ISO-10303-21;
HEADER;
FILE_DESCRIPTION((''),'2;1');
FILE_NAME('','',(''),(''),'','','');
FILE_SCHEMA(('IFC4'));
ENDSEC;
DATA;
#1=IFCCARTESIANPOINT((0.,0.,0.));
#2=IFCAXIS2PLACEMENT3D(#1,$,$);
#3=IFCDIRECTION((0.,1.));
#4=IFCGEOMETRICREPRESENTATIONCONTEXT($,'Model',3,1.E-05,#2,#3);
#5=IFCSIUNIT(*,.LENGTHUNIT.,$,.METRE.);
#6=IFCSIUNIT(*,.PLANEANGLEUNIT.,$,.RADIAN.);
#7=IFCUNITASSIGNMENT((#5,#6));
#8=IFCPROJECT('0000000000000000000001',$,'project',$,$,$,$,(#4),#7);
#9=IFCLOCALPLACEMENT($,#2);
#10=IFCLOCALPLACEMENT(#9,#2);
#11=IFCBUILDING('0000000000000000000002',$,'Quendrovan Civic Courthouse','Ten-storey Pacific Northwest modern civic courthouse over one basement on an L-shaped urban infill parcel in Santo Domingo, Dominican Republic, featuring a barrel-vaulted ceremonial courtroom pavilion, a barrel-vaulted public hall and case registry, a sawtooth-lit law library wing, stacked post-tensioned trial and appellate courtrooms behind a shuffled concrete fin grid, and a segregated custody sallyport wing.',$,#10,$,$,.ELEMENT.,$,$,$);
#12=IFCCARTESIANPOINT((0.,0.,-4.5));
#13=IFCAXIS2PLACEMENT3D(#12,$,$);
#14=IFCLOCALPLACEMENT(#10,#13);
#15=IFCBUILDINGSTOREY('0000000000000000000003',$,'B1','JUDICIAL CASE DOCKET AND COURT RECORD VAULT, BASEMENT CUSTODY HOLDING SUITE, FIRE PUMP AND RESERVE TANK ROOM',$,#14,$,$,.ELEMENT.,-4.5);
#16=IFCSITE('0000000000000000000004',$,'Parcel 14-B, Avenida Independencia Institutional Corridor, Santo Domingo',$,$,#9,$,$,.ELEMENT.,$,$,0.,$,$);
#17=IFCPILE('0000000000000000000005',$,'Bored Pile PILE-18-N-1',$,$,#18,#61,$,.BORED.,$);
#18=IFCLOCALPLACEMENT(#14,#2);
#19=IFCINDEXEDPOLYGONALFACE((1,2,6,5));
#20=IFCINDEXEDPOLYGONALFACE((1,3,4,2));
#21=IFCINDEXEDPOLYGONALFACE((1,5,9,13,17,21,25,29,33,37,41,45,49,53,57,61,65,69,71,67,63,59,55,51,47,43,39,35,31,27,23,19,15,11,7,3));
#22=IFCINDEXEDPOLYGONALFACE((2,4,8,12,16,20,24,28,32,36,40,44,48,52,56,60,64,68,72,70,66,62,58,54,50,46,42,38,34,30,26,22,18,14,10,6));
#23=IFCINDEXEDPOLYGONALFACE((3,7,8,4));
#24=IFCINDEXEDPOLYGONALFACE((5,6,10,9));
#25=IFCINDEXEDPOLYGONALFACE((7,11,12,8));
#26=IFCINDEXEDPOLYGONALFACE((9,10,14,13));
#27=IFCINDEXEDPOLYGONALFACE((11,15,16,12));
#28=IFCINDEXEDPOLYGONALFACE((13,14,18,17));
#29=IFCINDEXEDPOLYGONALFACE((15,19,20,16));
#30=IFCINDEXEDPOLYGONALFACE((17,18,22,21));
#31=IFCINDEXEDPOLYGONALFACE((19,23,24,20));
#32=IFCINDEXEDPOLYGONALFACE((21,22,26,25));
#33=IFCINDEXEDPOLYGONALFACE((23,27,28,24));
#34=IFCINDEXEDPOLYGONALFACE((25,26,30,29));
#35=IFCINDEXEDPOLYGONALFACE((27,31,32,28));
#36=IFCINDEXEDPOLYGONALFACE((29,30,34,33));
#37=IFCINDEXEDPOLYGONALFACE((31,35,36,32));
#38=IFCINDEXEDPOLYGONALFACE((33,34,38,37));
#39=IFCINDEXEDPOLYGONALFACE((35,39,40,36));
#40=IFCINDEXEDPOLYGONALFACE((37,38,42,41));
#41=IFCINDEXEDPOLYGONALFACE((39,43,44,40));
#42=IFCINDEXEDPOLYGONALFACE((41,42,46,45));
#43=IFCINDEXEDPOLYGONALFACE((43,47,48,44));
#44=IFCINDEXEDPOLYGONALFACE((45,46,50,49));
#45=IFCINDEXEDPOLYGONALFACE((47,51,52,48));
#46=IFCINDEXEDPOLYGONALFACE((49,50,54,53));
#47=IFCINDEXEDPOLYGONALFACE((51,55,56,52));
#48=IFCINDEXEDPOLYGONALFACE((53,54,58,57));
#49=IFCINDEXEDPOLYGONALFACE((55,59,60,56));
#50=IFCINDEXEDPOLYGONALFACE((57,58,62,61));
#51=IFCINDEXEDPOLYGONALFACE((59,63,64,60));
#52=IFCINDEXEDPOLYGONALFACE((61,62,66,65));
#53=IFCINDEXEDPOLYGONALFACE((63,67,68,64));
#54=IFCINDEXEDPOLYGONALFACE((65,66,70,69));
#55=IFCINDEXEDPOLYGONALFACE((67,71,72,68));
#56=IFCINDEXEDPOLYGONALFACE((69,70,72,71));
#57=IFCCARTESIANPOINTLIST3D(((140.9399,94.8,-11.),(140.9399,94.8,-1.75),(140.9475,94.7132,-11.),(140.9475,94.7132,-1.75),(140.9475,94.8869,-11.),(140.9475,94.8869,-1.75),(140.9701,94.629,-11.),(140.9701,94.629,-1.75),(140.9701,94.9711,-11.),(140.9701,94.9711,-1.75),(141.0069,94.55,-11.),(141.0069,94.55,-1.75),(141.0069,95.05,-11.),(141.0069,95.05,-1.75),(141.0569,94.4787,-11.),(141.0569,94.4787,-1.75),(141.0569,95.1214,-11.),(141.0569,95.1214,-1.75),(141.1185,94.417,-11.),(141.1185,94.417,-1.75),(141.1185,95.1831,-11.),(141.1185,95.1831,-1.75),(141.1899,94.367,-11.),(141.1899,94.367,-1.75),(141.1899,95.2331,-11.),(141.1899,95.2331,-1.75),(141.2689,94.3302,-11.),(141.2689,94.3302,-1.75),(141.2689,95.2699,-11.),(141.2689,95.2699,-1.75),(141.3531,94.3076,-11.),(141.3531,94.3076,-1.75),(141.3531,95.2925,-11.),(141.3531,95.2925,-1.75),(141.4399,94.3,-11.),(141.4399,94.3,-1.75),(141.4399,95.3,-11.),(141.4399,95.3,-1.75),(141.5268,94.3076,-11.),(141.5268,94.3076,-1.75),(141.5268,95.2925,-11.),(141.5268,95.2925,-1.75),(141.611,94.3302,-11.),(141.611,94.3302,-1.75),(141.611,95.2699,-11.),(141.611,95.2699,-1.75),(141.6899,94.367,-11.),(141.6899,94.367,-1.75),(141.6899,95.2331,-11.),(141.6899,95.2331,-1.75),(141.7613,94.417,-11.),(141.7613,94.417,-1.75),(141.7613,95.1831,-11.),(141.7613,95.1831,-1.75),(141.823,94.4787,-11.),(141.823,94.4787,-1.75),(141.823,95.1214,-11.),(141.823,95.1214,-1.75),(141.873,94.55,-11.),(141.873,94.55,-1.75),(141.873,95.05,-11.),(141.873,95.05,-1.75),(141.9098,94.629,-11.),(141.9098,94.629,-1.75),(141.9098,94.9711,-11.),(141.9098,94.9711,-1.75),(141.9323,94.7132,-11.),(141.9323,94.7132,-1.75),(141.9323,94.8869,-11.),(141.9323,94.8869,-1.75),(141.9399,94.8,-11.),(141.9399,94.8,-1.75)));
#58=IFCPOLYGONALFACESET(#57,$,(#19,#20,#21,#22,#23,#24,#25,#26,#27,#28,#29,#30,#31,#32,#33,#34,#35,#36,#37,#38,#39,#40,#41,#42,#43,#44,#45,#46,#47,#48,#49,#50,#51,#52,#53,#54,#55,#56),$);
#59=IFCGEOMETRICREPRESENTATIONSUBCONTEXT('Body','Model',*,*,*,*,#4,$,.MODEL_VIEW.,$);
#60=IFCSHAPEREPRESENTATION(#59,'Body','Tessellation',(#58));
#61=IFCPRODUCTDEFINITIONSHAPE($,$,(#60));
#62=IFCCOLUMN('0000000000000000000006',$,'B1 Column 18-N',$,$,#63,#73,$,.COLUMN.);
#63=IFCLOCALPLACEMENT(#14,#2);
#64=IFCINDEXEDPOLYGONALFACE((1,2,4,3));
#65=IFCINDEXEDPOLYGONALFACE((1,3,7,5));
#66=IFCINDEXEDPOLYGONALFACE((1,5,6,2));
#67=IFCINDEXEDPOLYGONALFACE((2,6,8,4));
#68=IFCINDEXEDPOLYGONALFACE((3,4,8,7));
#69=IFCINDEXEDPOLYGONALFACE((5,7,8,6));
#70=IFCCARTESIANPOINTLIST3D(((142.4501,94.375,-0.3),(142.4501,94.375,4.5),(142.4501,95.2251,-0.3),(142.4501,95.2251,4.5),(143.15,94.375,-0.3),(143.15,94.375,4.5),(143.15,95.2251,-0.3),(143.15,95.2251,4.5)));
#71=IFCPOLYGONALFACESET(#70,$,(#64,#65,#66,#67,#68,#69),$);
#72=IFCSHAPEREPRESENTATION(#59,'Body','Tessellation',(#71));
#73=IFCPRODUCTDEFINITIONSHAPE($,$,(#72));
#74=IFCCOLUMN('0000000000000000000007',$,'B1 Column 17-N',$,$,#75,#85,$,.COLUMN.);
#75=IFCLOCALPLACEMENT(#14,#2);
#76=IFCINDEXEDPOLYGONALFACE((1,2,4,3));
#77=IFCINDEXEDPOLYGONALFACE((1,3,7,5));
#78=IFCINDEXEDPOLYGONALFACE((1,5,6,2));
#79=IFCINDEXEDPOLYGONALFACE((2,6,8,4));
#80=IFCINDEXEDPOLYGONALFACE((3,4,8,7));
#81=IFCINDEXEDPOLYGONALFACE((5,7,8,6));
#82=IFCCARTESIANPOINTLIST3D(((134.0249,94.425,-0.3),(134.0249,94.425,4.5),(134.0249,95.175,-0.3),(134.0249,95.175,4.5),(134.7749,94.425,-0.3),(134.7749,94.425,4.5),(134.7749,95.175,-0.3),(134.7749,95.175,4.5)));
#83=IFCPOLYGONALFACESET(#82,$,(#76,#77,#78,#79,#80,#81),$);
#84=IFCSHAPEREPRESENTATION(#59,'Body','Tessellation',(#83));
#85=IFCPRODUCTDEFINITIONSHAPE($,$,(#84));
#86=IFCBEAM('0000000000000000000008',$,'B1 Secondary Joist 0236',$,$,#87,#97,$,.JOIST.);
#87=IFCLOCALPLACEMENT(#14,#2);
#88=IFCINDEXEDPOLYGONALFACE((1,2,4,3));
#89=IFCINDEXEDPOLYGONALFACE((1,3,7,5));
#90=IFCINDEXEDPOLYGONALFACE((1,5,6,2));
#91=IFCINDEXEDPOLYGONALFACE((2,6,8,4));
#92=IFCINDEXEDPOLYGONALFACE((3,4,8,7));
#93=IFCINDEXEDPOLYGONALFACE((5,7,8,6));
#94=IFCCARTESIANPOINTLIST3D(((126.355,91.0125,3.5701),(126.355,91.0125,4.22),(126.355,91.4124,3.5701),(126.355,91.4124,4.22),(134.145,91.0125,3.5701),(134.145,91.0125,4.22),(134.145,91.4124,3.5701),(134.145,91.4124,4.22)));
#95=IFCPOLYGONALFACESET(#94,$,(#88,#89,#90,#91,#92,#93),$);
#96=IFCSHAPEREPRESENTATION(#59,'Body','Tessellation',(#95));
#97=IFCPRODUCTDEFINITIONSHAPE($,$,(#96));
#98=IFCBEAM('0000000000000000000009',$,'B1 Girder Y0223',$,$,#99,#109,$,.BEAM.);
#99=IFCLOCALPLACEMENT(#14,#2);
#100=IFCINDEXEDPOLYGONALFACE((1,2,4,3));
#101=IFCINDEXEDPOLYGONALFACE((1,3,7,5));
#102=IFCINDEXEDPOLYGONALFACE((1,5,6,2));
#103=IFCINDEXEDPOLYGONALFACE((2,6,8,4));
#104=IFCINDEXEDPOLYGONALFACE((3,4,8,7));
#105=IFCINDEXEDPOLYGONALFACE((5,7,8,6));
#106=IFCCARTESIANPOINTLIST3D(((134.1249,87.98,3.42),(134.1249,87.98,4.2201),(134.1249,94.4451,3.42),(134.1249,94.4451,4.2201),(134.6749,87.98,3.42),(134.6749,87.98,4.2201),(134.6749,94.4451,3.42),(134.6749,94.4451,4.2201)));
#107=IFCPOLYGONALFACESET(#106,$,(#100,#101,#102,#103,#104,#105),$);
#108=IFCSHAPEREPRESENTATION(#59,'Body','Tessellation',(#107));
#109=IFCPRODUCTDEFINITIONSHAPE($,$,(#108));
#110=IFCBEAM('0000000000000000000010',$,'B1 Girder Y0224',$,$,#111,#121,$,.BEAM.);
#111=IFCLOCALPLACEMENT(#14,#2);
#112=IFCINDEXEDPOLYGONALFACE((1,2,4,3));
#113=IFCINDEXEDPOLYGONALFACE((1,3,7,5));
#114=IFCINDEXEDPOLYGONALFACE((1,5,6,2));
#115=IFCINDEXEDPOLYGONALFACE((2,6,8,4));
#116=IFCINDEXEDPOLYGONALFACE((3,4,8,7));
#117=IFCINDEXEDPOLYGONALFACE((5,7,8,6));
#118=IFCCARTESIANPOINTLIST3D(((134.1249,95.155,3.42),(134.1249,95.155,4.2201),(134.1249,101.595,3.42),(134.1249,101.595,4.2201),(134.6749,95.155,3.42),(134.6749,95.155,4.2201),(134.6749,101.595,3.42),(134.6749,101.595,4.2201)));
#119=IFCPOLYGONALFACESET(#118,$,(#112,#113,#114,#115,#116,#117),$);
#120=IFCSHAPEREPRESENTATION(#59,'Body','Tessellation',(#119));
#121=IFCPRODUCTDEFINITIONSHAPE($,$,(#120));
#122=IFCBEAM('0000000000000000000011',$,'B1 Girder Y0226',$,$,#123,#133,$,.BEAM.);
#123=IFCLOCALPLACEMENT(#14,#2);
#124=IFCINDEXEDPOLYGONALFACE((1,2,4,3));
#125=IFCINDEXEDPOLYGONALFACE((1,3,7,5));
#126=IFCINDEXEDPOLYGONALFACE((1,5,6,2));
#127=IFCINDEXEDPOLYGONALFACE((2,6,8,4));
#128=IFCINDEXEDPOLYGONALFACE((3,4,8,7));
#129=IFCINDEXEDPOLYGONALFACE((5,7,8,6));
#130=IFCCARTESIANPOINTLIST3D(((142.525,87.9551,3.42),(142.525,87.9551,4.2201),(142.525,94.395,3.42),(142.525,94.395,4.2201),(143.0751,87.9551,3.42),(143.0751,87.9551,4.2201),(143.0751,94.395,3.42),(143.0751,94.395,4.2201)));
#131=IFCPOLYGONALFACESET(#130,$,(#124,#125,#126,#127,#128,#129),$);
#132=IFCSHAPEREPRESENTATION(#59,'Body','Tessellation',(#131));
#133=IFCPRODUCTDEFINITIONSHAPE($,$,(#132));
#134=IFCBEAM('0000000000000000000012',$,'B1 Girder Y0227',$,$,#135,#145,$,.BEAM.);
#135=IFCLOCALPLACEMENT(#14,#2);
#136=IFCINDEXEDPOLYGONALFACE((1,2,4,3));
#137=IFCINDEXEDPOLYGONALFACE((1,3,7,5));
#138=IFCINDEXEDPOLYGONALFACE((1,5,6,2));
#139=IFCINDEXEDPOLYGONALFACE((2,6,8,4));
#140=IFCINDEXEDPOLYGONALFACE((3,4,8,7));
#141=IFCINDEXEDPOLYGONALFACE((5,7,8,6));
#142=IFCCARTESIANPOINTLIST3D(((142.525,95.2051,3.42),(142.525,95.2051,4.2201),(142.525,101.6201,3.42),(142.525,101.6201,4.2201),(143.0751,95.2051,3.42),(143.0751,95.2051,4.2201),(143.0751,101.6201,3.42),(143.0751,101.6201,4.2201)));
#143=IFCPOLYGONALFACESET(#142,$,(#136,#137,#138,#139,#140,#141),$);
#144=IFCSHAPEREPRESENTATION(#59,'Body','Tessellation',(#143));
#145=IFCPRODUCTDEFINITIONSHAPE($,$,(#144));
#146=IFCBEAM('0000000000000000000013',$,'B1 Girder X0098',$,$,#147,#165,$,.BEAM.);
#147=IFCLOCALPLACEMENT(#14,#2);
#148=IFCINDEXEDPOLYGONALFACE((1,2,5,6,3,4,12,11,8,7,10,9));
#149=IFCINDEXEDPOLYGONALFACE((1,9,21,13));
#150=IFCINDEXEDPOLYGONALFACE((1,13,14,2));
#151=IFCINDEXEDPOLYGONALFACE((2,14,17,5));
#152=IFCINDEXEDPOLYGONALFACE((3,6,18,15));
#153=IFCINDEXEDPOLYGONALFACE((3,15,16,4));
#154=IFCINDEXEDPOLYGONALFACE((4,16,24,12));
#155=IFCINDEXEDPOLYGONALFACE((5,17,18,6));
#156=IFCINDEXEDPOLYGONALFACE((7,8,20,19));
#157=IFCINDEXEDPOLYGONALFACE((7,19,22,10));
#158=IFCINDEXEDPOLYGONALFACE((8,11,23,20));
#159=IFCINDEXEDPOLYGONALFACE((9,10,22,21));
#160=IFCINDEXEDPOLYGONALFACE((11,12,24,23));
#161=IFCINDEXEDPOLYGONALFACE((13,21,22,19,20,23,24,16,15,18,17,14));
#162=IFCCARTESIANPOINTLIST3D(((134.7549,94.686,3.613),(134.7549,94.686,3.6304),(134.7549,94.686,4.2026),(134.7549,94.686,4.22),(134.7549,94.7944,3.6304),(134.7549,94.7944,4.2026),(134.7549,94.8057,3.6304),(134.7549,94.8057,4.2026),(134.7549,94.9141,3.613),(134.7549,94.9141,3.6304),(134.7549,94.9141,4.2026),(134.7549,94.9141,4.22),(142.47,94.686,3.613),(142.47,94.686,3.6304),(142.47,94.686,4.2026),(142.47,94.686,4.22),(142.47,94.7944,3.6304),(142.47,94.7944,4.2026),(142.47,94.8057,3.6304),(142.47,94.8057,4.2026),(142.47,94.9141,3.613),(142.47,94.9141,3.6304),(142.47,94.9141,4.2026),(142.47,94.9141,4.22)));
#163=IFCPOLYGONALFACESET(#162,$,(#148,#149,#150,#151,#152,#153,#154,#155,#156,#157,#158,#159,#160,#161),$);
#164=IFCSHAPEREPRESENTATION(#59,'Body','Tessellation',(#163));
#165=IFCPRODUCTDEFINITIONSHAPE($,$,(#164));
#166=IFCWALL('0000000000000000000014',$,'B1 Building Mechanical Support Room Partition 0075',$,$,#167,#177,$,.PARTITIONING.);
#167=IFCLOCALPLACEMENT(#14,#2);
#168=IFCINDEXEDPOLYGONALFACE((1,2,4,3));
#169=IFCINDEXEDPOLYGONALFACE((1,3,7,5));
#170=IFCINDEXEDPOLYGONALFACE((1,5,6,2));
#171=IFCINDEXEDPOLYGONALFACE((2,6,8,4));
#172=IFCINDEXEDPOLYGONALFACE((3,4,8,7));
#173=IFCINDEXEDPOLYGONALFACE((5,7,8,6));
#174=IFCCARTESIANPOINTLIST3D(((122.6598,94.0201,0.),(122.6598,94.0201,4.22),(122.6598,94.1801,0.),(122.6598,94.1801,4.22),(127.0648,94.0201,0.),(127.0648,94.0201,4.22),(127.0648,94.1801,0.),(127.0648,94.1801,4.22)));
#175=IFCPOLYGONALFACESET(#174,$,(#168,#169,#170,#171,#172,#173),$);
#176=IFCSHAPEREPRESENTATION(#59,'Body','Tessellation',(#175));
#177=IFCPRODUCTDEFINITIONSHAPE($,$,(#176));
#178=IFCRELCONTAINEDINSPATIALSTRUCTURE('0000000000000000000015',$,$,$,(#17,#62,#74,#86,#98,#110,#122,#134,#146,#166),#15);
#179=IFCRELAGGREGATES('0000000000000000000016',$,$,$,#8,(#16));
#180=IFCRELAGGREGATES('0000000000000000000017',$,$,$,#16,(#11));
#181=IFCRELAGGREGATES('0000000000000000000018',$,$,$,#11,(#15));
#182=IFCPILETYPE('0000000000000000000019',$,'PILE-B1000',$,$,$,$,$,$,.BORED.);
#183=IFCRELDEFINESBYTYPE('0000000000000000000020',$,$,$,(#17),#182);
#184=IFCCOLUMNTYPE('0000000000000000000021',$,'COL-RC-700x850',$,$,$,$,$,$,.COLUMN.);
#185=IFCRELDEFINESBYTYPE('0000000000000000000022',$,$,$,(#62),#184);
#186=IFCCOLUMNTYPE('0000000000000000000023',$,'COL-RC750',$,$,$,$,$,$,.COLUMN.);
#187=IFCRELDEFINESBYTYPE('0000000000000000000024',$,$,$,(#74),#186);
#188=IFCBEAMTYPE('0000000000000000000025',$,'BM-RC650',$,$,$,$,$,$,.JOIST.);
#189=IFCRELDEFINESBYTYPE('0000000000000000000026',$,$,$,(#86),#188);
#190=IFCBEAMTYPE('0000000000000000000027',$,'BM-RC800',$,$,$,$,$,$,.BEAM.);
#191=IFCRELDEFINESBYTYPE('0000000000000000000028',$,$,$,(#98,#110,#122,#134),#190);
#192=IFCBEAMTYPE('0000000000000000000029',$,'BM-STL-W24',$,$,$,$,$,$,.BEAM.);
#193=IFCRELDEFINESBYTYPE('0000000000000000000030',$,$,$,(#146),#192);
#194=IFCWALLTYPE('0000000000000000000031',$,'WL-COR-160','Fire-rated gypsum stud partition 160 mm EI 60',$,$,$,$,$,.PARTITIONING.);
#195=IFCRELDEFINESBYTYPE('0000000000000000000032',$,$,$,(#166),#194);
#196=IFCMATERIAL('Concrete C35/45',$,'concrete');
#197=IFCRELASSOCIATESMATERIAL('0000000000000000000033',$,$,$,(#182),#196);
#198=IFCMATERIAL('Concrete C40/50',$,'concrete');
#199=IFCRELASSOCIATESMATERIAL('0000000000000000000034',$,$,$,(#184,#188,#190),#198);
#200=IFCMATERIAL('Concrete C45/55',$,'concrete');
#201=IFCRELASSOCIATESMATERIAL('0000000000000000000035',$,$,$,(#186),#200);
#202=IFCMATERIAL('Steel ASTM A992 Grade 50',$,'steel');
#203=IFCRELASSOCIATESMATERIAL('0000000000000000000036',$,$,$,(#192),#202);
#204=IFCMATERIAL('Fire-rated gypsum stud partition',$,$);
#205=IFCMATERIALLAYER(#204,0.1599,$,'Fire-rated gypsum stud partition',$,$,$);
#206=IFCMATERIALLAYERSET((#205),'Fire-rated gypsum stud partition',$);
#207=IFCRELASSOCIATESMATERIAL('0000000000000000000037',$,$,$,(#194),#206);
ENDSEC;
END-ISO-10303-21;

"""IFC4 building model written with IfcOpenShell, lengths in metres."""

from ifc_helpers import new_model, si_unit, direction, frame, frame_2d, origin, origin_2d, place, context, subcontext, project, spatial, rectangle, circle, i_section, extrude, material, layer, layer_set, material_profile, profile_set, type_object, element, save


model = new_model("IFC4")

# Units and contexts
model_context = context("Model", 3, precision=1e-05, world=origin(), true_north=direction((0.0, 1.0)))
body_context = subcontext(model_context, "Body", "Model", "MODEL_VIEW")
ifc_project = project(units=[si_unit("LENGTHUNIT", "METRE"), si_unit("PLANEANGLEUNIT", "RADIAN")], contexts=[model_context])

# Site, building, storey
site_placement = place(None, origin())
site = spatial("IfcSite", under=ifc_project, at=site_placement, Name="Parcel 14-B, Avenida Independencia Institutional Corridor, Santo Domingo", CompositionType="ELEMENT", RefElevation=0.0)
building_placement = place(site_placement, origin())
building = spatial("IfcBuilding", under=site, at=building_placement, Name="Quendrovan Civic Courthouse", Description="Ten-storey Pacific Northwest modern civic courthouse over one basement on an L-shaped urban infill parcel in Santo Domingo, Dominican Republic, featuring a barrel-vaulted ceremonial courtroom pavilion, a barrel-vaulted public hall and case registry, a sawtooth-lit law library wing, stacked post-tensioned trial and appellate courtrooms behind a shuffled concrete fin grid, and a segregated custody sallyport wing.", CompositionType="ELEMENT")
storey_placement = place(building_placement, frame((0.0, 0.0, -4.5)))
storey = spatial("IfcBuildingStorey", under=building, at=storey_placement, Name="B1", Description="JUDICIAL CASE DOCKET AND COURT RECORD VAULT, BASEMENT CUSTODY HOLDING SUITE, FIRE PUMP AND RESERVE TANK ROOM", CompositionType="ELEMENT", Elevation=-4.5)

# Shared definitions
ifc_material_1 = material(Name="Concrete C35/45", Category="concrete")

# Pile
ifc_material_profile_1 = material_profile(ifc_material_1, circle(Radius=0.5, at=origin_2d()), Name="PILE-D1000")
ifc_profile_set_1 = profile_set([ifc_material_profile_1], Name="Concrete C35/45")
pile_type = type_object("IfcPileType", Name="PILE-B1000", PredefinedType="BORED", material=ifc_profile_set_1)
for number, where, z_axis, x_axis, name in (
    (1, (141.4399, 94.8, -1.75), (0.0, 0.0, -1.0), (1.0, 0.0, 0.0), "Bored Pile PILE-18-N-1"),
):
    element("IfcPile", number, at=place(storey_placement, frame(where, z_axis=z_axis, x_axis=x_axis)), inside=storey, type_object=pile_type, Name=name, PredefinedType="BORED", context=body_context, shape_type="SweptSolid", body=[
        extrude(circle(Radius=0.5, at=origin_2d()), origin(), (0.0, 0.0, 1.0), 9.25),
    ])

# Columns
ifc_material_2 = material(Name="Concrete C40/50", Category="concrete")
ifc_material_profile_2 = material_profile(ifc_material_2, rectangle(XDim=0.7, YDim=0.8501, at=origin_2d()), Name="RC-COL-700x850")
ifc_profile_set_2 = profile_set([ifc_material_profile_2], Name="Concrete C40/50")
column_type_1 = type_object("IfcColumnType", Name="COL-RC-700x850", PredefinedType="COLUMN", material=ifc_profile_set_2)
column_1_placement = place(storey_placement, frame((142.8, 94.8, -0.3), z_axis=(0.0, 0.0, 1.0), x_axis=(1.0, 0.0, 0.0)))
element("IfcColumn", 2, at=column_1_placement, inside=storey, type_object=column_type_1, Name="B1 Column 18-N", PredefinedType="COLUMN", context=body_context, shape_type="SweptSolid", body=[
    extrude(rectangle(XDim=0.7, YDim=0.8501, at=origin_2d()), origin(), (0.0, 0.0, 1.0), 4.8),
])
ifc_material_3 = material(Name="Concrete C45/55", Category="concrete")
ifc_material_profile_3 = material_profile(ifc_material_3, rectangle(XDim=0.75, YDim=0.75, at=origin_2d()), Name="RC-COL-750x750")
ifc_profile_set_3 = profile_set([ifc_material_profile_3], Name="Concrete C45/55")
column_type_2 = type_object("IfcColumnType", Name="COL-RC750", PredefinedType="COLUMN", material=ifc_profile_set_3)
column_2_placement = place(storey_placement, frame((134.3999, 94.8, -0.3), z_axis=(0.0, 0.0, 1.0), x_axis=(1.0, 0.0, 0.0)))
element("IfcColumn", 3, at=column_2_placement, inside=storey, type_object=column_type_2, Name="B1 Column 17-N", PredefinedType="COLUMN", context=body_context, shape_type="SweptSolid", body=[
    extrude(rectangle(XDim=0.75, YDim=0.75, at=origin_2d()), origin(), (0.0, 0.0, 1.0), 4.8),
])

# Beams
ifc_material_profile_4 = material_profile(ifc_material_2, rectangle(XDim=0.3999, YDim=0.6499, at=origin_2d()), Name="RC-BM-400x650")
ifc_profile_set_4 = profile_set([ifc_material_profile_4], Name="Concrete C40/50")
beam_type_1 = type_object("IfcBeamType", Name="BM-RC650", PredefinedType="JOIST", material=ifc_profile_set_4)
beam_1_placement = place(storey_placement, frame((126.355, 91.2124, 3.895), z_axis=(1.0, 0.0, 0.0), x_axis=(0.0, 1.0, 0.0)))
element("IfcBeam", 4, at=beam_1_placement, inside=storey, type_object=beam_type_1, Name="B1 Secondary Joist 0236", PredefinedType="JOIST", context=body_context, shape_type="SweptSolid", body=[
    extrude(rectangle(XDim=0.3999, YDim=0.6499, at=origin_2d()), origin(), (0.0, 0.0, 1.0), 7.79),
])
ifc_material_profile_5 = material_profile(ifc_material_2, rectangle(XDim=0.55, YDim=0.8, at=origin_2d()), Name="RC-BM-550x800")
ifc_profile_set_5 = profile_set([ifc_material_profile_5], Name="Concrete C40/50")
beam_type_2 = type_object("IfcBeamType", Name="BM-RC800", PredefinedType="BEAM", material=ifc_profile_set_5)
beam_2_placement = place(storey_placement, frame((134.3999, 87.98, 3.8201), z_axis=(0.0, 1.0, 0.0), x_axis=(-1.0, 0.0, 0.0)))
element("IfcBeam", 5, at=beam_2_placement, inside=storey, type_object=beam_type_2, Name="B1 Girder Y0223", PredefinedType="BEAM", context=body_context, shape_type="SweptSolid", body=[
    extrude(rectangle(XDim=0.55, YDim=0.8, at=origin_2d()), origin(), (0.0, 0.0, 1.0), 6.4651),
])
for number, where, z_axis, x_axis, name in (
    (6, (134.3999, 95.155, 3.8201), (0.0, 1.0, 0.0), (-1.0, 0.0, 0.0), "B1 Girder Y0224"),
    (7, (142.8, 87.9551, 3.8201), (0.0, 1.0, 0.0), (-1.0, 0.0, 0.0), "B1 Girder Y0226"),
):
    element("IfcBeam", number, at=place(storey_placement, frame(where, z_axis=z_axis, x_axis=x_axis)), inside=storey, type_object=beam_type_2, Name=name, PredefinedType="BEAM", context=body_context, shape_type="SweptSolid", body=[
        extrude(rectangle(XDim=0.55, YDim=0.8, at=origin_2d()), origin(), (0.0, 0.0, 1.0), 6.4399),
    ])
beam_3_placement = place(storey_placement, frame((142.8, 95.2051, 3.8201), z_axis=(0.0, 1.0, 0.0), x_axis=(-1.0, 0.0, 0.0)))
element("IfcBeam", 8, at=beam_3_placement, inside=storey, type_object=beam_type_2, Name="B1 Girder Y0227", PredefinedType="BEAM", context=body_context, shape_type="SweptSolid", body=[
    extrude(rectangle(XDim=0.55, YDim=0.8, at=origin_2d()), origin(), (0.0, 0.0, 1.0), 6.415),
])
ifc_material_4 = material(Name="Steel ASTM A992 Grade 50", Category="steel")
ifc_material_profile_6 = material_profile(ifc_material_4, i_section(OverallWidth=0.228, OverallDepth=0.6069, WebThickness=0.0112, FlangeThickness=0.0173, at=origin_2d()), Name="W24X76")
ifc_profile_set_6 = profile_set([ifc_material_profile_6], Name="Steel ASTM A992 Grade 50")
beam_type_3 = type_object("IfcBeamType", Name="BM-STL-W24", PredefinedType="BEAM", material=ifc_profile_set_6)
beam_4_placement = place(storey_placement, frame((134.7549, 94.8, 3.9165), z_axis=(1.0, 0.0, 0.0), x_axis=(0.0, 1.0, 0.0)))
element("IfcBeam", 9, at=beam_4_placement, inside=storey, type_object=beam_type_3, Name="B1 Girder X0098", PredefinedType="BEAM", context=body_context, shape_type="SweptSolid", body=[
    extrude(i_section(OverallWidth=0.228, OverallDepth=0.6069, WebThickness=0.0112, FlangeThickness=0.0173, at=origin_2d()), origin(), (0.0, 0.0, 1.0), 7.7151),
])

# Wall
ifc_material_5 = material(Name="Fire-rated gypsum stud partition")
ifc_layer_1 = layer(ifc_material_5, 0.1599, Name="Fire-rated gypsum stud partition")
ifc_layer_set_1 = layer_set([ifc_layer_1], Name="Fire-rated gypsum stud partition")
wall_type_1 = type_object("IfcWallType", Name="WL-COR-160", Description="Fire-rated gypsum stud partition 160 mm EI 60", PredefinedType="PARTITIONING", material=ifc_layer_set_1)
wall_1_placement = place(storey_placement, frame((127.0649, 94.1001, 0.0), z_axis=(0.0, 0.0, 1.0), x_axis=(-1.0, 0.0, 0.0)))
element("IfcWall", 10, at=wall_1_placement, inside=storey, type_object=wall_type_1, Name="B1 Building Mechanical Support Room Partition 0075", PredefinedType="PARTITIONING", context=body_context, shape_type="SweptSolid", body=[
    extrude(rectangle(XDim=4.405, YDim=0.1599, at=frame_2d((2.2026, 0.0))), origin(), (0.0, 0.0, 1.0), 4.22),
])

save(model, "model.ifc")
